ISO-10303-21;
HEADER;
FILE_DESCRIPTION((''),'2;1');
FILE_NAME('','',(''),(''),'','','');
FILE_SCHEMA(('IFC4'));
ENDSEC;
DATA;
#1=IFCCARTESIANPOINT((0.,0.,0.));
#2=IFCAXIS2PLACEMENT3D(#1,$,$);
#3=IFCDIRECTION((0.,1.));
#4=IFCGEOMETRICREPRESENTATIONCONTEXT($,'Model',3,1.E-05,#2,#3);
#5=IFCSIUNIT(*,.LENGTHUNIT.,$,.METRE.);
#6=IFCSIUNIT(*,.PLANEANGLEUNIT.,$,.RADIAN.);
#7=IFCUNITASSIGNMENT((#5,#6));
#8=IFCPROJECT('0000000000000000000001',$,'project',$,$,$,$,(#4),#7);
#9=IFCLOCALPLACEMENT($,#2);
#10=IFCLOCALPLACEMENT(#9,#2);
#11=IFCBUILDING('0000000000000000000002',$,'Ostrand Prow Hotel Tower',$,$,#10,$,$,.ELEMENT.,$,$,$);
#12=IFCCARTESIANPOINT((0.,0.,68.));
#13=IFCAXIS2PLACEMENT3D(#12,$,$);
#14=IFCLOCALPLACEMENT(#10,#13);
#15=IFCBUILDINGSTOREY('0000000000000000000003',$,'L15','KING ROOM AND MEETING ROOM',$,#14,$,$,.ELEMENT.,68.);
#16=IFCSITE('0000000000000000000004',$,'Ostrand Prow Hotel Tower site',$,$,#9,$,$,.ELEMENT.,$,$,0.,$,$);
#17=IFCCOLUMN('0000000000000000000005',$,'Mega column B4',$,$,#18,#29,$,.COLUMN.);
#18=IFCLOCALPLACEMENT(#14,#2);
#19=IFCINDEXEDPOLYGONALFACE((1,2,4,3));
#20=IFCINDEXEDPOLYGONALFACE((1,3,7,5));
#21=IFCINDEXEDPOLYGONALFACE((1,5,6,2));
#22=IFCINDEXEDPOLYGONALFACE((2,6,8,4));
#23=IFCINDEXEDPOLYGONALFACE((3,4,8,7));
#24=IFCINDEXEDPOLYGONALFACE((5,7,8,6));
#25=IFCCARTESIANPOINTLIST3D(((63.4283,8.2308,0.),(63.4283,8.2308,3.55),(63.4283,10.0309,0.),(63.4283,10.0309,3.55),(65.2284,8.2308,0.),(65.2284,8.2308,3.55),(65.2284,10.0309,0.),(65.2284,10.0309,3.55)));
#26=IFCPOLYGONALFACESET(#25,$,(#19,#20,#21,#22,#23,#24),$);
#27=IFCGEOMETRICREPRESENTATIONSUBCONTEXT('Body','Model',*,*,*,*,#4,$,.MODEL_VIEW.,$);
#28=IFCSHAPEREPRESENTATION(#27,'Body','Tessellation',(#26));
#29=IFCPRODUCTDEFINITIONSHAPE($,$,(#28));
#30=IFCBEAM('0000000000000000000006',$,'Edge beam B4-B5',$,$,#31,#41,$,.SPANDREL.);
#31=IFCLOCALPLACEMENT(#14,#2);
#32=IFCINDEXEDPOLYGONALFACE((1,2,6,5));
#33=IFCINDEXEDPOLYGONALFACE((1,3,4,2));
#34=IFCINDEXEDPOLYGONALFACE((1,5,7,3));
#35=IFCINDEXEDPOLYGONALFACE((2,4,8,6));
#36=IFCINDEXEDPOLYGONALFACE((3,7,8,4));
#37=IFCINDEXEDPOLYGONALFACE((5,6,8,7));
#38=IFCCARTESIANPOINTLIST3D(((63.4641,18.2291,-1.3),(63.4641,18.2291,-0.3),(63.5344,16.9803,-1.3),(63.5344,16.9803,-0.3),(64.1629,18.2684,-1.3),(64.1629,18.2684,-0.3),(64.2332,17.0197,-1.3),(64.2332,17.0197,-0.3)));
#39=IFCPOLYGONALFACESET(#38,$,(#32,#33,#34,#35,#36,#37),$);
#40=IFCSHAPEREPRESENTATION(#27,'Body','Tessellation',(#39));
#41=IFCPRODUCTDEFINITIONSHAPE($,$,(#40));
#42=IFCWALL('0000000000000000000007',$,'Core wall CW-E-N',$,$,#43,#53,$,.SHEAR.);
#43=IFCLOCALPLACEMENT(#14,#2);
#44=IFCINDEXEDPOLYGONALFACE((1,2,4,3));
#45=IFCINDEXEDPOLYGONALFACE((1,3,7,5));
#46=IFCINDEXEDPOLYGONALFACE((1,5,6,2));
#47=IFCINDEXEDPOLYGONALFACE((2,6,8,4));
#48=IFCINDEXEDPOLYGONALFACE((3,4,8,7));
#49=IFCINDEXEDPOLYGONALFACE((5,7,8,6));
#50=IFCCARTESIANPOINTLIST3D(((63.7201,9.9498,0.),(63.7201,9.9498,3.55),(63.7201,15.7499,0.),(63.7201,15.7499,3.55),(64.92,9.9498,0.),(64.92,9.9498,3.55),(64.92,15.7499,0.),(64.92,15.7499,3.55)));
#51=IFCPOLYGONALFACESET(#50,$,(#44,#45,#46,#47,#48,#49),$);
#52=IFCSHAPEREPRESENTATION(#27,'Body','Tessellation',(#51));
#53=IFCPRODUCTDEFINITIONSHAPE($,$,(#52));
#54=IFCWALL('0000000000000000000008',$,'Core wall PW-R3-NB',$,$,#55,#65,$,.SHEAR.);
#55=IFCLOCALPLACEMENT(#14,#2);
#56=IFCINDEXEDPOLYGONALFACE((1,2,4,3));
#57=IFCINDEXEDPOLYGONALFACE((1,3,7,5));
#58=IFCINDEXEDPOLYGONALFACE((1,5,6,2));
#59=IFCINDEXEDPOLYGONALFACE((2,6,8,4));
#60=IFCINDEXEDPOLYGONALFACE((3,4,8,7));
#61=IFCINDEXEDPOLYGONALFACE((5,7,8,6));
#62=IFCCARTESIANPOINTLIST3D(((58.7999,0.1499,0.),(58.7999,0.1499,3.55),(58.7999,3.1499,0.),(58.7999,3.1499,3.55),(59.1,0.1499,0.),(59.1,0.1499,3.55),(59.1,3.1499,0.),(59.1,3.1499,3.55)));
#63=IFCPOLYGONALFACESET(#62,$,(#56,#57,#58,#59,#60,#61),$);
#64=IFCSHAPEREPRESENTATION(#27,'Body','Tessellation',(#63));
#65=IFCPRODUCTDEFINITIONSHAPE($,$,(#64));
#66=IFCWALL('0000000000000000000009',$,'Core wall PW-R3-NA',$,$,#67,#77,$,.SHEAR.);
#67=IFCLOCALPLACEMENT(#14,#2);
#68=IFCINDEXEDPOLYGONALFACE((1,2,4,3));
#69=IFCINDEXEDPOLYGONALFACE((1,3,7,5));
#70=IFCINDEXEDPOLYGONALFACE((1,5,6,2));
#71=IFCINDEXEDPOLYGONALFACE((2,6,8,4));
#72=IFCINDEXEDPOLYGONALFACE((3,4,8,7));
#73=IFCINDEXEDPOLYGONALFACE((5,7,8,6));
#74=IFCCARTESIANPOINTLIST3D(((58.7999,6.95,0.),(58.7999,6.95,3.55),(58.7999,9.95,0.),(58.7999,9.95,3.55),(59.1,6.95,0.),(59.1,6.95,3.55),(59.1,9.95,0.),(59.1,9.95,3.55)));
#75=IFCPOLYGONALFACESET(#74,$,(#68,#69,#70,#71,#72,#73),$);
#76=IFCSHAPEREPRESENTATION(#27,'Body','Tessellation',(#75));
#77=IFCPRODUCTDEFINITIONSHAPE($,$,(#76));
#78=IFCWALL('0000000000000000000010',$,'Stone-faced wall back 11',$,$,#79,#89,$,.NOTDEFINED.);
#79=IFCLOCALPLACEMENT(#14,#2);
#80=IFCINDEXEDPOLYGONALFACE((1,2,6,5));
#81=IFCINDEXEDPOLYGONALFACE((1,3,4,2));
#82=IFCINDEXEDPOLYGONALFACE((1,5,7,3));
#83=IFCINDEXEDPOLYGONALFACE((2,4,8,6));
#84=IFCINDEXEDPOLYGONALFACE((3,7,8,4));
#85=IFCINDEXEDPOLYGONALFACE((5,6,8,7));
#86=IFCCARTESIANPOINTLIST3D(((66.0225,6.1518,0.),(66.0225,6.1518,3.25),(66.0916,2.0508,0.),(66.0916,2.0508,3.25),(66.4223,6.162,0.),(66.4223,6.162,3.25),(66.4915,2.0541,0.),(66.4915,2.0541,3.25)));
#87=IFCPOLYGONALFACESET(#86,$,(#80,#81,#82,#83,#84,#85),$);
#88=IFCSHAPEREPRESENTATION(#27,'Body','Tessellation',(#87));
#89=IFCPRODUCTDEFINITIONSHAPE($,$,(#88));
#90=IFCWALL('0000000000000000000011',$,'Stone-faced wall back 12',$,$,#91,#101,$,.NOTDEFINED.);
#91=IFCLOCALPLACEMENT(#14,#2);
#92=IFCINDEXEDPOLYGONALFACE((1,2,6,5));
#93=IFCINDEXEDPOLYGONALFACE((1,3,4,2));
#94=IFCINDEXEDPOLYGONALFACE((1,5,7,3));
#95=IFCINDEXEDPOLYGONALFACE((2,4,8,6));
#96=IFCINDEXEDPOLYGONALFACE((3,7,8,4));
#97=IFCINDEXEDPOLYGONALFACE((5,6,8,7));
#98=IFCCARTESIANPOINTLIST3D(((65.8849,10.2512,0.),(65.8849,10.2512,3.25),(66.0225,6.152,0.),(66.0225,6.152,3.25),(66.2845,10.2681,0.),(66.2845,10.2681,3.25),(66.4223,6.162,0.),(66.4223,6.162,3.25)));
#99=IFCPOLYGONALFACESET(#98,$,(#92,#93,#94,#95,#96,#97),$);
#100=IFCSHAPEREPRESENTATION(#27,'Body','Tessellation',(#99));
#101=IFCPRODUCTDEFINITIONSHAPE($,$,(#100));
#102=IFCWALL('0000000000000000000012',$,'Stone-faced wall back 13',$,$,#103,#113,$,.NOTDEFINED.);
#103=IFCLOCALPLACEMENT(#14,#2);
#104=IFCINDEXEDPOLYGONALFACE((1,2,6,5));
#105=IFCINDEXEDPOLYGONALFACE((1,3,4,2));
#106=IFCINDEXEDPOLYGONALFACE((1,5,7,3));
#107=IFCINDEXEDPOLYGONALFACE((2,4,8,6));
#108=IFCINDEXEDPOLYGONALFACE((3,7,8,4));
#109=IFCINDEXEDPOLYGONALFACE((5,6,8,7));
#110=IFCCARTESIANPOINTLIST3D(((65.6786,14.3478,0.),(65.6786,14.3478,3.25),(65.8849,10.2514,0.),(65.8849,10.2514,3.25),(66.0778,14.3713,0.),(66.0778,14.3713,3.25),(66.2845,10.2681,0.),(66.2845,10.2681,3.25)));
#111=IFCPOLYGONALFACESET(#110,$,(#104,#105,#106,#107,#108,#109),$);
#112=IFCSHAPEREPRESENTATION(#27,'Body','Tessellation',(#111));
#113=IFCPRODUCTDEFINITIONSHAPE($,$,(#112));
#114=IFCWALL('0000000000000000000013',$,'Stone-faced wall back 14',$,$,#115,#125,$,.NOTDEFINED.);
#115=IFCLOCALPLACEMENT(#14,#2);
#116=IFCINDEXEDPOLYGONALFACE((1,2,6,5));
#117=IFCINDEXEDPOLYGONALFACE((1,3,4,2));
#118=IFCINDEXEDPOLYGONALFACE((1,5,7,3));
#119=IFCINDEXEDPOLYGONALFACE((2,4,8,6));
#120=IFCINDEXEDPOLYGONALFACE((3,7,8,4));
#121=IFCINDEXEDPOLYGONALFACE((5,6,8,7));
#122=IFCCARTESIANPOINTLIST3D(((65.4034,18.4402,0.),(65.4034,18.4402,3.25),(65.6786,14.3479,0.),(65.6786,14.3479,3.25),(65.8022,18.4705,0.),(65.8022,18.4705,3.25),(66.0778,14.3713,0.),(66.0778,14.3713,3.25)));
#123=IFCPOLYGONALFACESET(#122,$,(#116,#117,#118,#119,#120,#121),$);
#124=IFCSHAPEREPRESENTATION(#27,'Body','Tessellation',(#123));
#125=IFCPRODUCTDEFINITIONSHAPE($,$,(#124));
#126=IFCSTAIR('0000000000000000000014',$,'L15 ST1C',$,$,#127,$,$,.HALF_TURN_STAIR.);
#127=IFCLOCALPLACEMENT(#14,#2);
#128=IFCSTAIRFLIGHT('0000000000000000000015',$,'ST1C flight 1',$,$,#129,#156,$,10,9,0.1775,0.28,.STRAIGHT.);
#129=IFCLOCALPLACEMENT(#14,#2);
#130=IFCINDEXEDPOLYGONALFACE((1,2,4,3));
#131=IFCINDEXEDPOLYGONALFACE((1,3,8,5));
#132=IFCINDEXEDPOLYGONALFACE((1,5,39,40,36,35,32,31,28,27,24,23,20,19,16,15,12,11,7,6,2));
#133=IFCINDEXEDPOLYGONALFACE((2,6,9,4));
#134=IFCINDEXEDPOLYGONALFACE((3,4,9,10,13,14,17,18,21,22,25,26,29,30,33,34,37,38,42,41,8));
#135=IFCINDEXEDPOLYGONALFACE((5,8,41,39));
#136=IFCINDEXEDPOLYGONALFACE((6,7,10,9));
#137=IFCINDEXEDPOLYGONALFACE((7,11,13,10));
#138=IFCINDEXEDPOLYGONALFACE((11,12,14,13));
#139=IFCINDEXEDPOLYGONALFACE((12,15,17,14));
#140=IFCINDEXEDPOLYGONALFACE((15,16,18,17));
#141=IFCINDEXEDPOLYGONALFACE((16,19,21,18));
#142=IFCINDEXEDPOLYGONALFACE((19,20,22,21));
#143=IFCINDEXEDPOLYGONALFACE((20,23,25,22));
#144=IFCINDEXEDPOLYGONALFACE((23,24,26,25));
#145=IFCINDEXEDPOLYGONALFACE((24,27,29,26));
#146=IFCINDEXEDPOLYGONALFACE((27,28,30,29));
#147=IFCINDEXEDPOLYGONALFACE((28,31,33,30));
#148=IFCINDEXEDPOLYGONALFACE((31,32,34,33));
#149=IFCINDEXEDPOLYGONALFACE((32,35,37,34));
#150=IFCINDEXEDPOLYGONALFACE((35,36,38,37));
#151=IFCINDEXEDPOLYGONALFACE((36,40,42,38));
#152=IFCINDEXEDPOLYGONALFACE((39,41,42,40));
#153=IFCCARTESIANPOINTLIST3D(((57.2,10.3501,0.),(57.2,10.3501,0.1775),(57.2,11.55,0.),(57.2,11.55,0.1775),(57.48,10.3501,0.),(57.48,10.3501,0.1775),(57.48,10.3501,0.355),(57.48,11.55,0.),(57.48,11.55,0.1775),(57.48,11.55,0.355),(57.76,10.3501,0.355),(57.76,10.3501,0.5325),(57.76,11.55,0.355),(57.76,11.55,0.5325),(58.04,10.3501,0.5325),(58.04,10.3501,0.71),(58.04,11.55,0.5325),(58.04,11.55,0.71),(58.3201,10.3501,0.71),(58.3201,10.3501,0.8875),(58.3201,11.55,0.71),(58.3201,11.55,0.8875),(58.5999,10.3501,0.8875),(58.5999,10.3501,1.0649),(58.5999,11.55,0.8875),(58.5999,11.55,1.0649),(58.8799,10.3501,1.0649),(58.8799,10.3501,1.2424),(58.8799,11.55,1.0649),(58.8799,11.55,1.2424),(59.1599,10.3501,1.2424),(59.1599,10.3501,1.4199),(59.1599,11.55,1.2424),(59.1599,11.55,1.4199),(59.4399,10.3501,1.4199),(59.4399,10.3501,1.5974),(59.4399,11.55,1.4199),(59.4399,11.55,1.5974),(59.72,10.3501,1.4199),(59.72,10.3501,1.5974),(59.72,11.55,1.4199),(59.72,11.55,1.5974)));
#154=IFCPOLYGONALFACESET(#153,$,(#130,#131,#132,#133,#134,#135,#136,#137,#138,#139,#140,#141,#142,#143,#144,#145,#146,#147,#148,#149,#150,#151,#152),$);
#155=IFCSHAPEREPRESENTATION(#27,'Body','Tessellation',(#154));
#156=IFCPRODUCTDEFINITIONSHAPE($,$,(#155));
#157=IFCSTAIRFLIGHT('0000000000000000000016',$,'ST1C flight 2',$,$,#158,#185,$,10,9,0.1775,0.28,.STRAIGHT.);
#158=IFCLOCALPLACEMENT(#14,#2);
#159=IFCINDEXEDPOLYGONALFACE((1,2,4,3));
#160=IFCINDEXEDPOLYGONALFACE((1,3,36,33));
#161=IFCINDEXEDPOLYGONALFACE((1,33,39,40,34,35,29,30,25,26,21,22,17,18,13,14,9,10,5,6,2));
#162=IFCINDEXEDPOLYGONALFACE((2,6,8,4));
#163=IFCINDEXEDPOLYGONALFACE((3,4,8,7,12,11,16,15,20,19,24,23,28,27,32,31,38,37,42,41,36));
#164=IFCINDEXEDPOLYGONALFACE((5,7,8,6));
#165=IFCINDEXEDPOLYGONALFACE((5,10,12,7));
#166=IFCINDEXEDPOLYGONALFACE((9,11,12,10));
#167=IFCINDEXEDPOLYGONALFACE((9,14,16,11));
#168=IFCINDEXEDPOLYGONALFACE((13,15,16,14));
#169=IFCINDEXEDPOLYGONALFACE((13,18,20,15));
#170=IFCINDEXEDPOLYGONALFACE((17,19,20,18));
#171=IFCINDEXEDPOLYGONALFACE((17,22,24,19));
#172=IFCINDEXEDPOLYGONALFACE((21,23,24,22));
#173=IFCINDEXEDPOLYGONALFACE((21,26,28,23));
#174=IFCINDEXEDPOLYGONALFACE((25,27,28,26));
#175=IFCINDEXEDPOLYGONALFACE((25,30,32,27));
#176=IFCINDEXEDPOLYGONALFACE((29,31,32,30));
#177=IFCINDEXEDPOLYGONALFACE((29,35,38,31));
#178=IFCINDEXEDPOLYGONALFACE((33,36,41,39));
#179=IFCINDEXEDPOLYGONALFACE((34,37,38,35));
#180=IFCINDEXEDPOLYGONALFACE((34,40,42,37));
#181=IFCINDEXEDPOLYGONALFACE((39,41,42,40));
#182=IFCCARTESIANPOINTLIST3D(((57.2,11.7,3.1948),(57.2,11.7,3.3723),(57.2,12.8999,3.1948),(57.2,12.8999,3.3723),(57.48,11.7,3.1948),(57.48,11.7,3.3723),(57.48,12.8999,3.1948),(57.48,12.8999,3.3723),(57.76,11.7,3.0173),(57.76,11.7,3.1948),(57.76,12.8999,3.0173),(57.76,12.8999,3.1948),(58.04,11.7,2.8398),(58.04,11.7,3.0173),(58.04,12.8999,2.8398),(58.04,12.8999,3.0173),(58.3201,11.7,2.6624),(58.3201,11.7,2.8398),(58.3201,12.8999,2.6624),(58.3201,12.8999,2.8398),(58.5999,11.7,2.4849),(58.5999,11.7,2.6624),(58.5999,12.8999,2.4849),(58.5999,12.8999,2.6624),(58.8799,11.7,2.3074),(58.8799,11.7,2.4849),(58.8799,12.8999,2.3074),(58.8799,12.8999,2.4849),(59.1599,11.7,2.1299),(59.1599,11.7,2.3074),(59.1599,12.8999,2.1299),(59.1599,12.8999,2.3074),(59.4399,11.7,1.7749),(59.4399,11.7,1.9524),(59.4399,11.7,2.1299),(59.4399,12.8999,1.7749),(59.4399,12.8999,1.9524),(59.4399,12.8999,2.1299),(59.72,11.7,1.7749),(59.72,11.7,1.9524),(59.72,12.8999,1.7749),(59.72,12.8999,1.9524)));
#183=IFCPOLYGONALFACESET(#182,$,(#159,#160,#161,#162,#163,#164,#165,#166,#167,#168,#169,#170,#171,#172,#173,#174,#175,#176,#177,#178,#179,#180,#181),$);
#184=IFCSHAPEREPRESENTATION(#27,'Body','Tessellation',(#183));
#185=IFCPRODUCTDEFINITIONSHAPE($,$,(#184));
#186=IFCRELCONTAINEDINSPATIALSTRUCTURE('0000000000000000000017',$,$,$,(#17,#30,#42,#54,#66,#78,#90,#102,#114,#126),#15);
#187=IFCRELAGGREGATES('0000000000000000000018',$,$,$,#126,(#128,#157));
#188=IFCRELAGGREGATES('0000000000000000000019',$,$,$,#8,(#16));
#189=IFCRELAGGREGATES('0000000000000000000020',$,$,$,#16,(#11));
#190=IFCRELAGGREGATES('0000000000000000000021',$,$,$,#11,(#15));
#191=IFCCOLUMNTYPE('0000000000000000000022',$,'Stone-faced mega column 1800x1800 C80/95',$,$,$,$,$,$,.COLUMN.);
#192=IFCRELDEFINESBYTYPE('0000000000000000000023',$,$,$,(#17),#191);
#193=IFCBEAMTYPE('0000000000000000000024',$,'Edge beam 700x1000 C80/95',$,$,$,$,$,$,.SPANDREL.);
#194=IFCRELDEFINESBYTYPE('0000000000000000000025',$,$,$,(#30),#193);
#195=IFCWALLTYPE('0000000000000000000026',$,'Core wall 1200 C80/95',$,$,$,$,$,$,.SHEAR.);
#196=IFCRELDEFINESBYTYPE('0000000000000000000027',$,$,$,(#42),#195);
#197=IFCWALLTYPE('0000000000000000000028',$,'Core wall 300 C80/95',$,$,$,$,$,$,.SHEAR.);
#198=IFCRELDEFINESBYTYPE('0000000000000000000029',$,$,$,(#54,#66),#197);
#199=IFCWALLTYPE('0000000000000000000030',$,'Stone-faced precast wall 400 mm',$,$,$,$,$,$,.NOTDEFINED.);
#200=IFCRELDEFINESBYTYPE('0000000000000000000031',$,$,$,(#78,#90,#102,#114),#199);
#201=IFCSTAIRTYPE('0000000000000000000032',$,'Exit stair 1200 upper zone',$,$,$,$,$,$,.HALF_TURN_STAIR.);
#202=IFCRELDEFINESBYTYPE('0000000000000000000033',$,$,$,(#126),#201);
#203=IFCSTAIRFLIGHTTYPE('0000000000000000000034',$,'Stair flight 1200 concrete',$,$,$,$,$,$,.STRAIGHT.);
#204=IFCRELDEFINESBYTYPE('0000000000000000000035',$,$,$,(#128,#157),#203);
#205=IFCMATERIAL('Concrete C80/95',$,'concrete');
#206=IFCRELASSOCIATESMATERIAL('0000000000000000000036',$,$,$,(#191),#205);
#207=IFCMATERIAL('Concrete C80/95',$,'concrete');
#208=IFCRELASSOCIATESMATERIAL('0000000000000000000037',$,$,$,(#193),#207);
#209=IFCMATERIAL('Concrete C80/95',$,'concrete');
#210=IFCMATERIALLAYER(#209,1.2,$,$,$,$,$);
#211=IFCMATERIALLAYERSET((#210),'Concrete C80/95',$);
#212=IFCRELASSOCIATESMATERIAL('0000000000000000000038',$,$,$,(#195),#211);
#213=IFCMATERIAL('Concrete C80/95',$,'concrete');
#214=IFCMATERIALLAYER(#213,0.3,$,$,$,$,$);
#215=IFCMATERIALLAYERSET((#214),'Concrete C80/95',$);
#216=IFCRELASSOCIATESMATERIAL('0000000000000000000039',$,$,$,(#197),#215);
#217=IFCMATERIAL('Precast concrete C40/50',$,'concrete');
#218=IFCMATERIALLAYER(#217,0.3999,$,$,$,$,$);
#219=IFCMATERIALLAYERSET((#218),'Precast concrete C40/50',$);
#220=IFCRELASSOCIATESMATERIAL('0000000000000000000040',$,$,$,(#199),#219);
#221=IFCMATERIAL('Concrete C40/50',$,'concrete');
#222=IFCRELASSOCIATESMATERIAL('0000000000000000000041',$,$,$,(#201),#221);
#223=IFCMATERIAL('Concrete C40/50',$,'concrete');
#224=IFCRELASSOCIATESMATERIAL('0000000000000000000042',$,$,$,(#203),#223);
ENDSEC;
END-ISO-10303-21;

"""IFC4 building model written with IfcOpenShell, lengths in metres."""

from ifc_helpers import new_model, si_unit, direction, frame, frame_2d, origin, origin_2d, place, context, subcontext, project, spatial, polyline, rectangle, outline, extrude, material, layer, layer_set, material_profile, profile_set, type_object, element, aggregate, save


model = new_model("IFC4")

# Units and contexts
model_context = context("Model", 3, precision=1e-05, world=origin(), true_north=direction((0.0, 1.0)))
body_context = subcontext(model_context, "Body", "Model", "MODEL_VIEW")
ifc_project = project(units=[si_unit("LENGTHUNIT", "METRE"), si_unit("PLANEANGLEUNIT", "RADIAN")], contexts=[model_context])

# Site, building, storey
site_placement = place(None, origin())
site = spatial("IfcSite", under=ifc_project, at=site_placement, Name="Ostrand Prow Hotel Tower site", CompositionType="ELEMENT", RefElevation=0.0)
building_placement = place(site_placement, origin())
building = spatial("IfcBuilding", under=site, at=building_placement, Name="Ostrand Prow Hotel Tower", CompositionType="ELEMENT")
storey_placement = place(building_placement, frame((0.0, 0.0, 68.0)))
storey = spatial("IfcBuildingStorey", under=building, at=storey_placement, Name="L15", Description="KING ROOM AND MEETING ROOM", CompositionType="ELEMENT", Elevation=68.0)

# Column
ifc_material_1 = material(Name="Concrete C80/95", Category="concrete")
ifc_material_profile_1 = material_profile(ifc_material_1, rectangle(XDim=1.8, YDim=1.8, at=origin_2d()), Name="RC 1800x1800")
ifc_profile_set_1 = profile_set([ifc_material_profile_1], Name="Concrete C80/95")
column_type = type_object("IfcColumnType", Name="Stone-faced mega column 1800x1800 C80/95", PredefinedType="COLUMN", material=ifc_profile_set_1)
column_placement = place(storey_placement, frame((64.3284, 9.1309, 0.0), z_axis=(0.0, 0.0, 1.0), x_axis=(1.0, 0.0, 0.0)))
element("IfcColumn", 1, at=column_placement, inside=storey, type_object=column_type, Name="Mega column B4", PredefinedType="COLUMN", context=body_context, shape_type="SweptSolid", body=[
    extrude(rectangle(XDim=1.8, YDim=1.8, at=origin_2d()), origin(), (0.0, 0.0, 1.0), 3.55),
])

# Beam
ifc_material_2 = material(Name="Concrete C80/95", Category="concrete")
ifc_material_profile_2 = material_profile(ifc_material_2, rectangle(XDim=0.7, YDim=1.0, at=origin_2d()), Name="RC 700x1000")
ifc_profile_set_2 = profile_set([ifc_material_profile_2], Name="Concrete C80/95")
beam_type = type_object("IfcBeamType", Name="Edge beam 700x1000 C80/95", PredefinedType="SPANDREL", material=ifc_profile_set_2)
beam_placement = place(storey_placement, frame((63.8838, 17.0, -0.8), z_axis=(-0.056216, 0.998419, 0.0), x_axis=(-0.998419, -0.056216, 0.0)))
element("IfcBeam", 2, at=beam_placement, inside=storey, type_object=beam_type, Name="Edge beam B4-B5", PredefinedType="SPANDREL", context=body_context, shape_type="SweptSolid", body=[
    extrude(rectangle(XDim=0.7, YDim=1.0, at=origin_2d()), origin(), (0.0, 0.0, 1.0), 1.2507),
])

# Walls
ifc_material_3 = material(Name="Concrete C80/95", Category="concrete")
ifc_layer_1 = layer(ifc_material_3, 1.2)
ifc_layer_set_1 = layer_set([ifc_layer_1], Name="Concrete C80/95")
wall_type_1 = type_object("IfcWallType", Name="Core wall 1200 C80/95", PredefinedType="SHEAR", material=ifc_layer_set_1)
wall_placement = place(storey_placement, frame((64.3201, 9.95, 0.0), z_axis=(0.0, 0.0, 1.0), x_axis=(0.0, 1.0, 0.0)))
element("IfcWall", 3, at=wall_placement, inside=storey, type_object=wall_type_1, Name="Core wall CW-E-N", PredefinedType="SHEAR", context=body_context, shape_type="SweptSolid", body=[
    extrude(rectangle(XDim=5.8, YDim=1.2, at=frame_2d((2.8999, 0.0))), origin(), (0.0, 0.0, 1.0), 3.55),
])
ifc_material_4 = material(Name="Concrete C80/95", Category="concrete")
ifc_layer_2 = layer(ifc_material_4, 0.3)
ifc_layer_set_2 = layer_set([ifc_layer_2], Name="Concrete C80/95")
wall_type_2 = type_object("IfcWallType", Name="Core wall 300 C80/95", PredefinedType="SHEAR", material=ifc_layer_set_2)
for number, where, z_axis, x_axis, name in (
    (4, (58.95, 0.1499, 0.0), (0.0, 0.0, 1.0), (0.0, 1.0, 0.0), "Core wall PW-R3-NB"),
    (5, (58.95, 6.95, 0.0), (0.0, 0.0, 1.0), (0.0, 1.0, 0.0), "Core wall PW-R3-NA"),
):
    element("IfcWall", number, at=place(storey_placement, frame(where, z_axis=z_axis, x_axis=x_axis)), inside=storey, type_object=wall_type_2, Name=name, PredefinedType="SHEAR", context=body_context, shape_type="SweptSolid", body=[
        extrude(rectangle(XDim=3.0, YDim=0.3, at=frame_2d((1.5, 0.0))), origin(), (0.0, 0.0, 1.0), 3.55),
    ])
ifc_material_5 = material(Name="Precast concrete C40/50", Category="concrete")
ifc_layer_3 = layer(ifc_material_5, 0.3999)
ifc_layer_set_3 = layer_set([ifc_layer_3], Name="Precast concrete C40/50")
wall_type_3 = type_object("IfcWallType", Name="Stone-faced precast wall 400 mm", PredefinedType="NOTDEFINED", material=ifc_layer_set_3)
for number, where, z_axis, x_axis, name in (
    (6, (66.2915, 2.0525, 0.0), (0.0, 0.0, 1.0), (-0.016831, 0.999858, 0.0), "Stone-faced wall back 11"),
    (7, (66.2224, 6.157, 0.0), (0.0, 0.0, 1.0), (-0.033543, 0.999437, 0.0), "Stone-faced wall back 12"),
    (8, (66.0847, 10.2598, 0.0), (0.0, 0.0, 1.0), (-0.050314, 0.998733, 0.0), "Stone-faced wall back 13"),
    (9, (65.8782, 14.3596, 0.0), (0.0, 0.0, 1.0), (-0.067087, 0.997747, 0.0), "Stone-faced wall back 14"),
):
    element("IfcWall", number, at=place(storey_placement, frame(where, z_axis=z_axis, x_axis=x_axis)), inside=storey, type_object=wall_type_3, Name=name, PredefinedType="NOTDEFINED", context=body_context, shape_type="SweptSolid", body=[
        extrude(outline(polyline([(-0.0017, -0.2), (4.1067, -0.2), (4.1033, 0.2), (0.0017, 0.2), (-0.0017, -0.2)])), origin(), (0.0, 0.0, 1.0), 3.25),
    ])

# Stair, stair flights
ifc_material_6 = material(Name="Concrete C40/50", Category="concrete")
stair_type = type_object("IfcStairType", Name="Exit stair 1200 upper zone", PredefinedType="HALF_TURN_STAIR", material=ifc_material_6)
stair_1_placement = place(storey_placement, origin())
stair_1 = element("IfcStair", 10, at=stair_1_placement, inside=storey, type_object=stair_type, Name="L15 ST1C", PredefinedType="HALF_TURN_STAIR")
ifc_material_7 = material(Name="Concrete C40/50", Category="concrete")
stair_flight_type = type_object("IfcStairFlightType", Name="Stair flight 1200 concrete", PredefinedType="STRAIGHT", material=ifc_material_7)
stair_flight_1_placement = place(storey_placement, frame((57.2, 10.95, 0.0), z_axis=(0.0, 0.0, 1.0), x_axis=(1.0, 0.0, 0.0)))
stair_flight_1 = element("IfcStairFlight", 11, at=stair_flight_1_placement, type_object=stair_flight_type, Name="ST1C flight 1", NumberOfRisers=10, NumberOfTreads=9, PredefinedType="STRAIGHT", RiserHeight=0.1775, TreadLength=0.28, context=body_context, shape_type="SweptSolid", body=[
    extrude(outline(polyline([(0.0, 0.0), (0.0, 0.1775), (0.28, 0.1775), (0.28, 0.355), (0.5601, 0.355), (0.5601, 0.5325), (0.8401, 0.5325), (0.8401, 0.71), (1.1201, 0.71), (1.1201, 0.8875), (1.3999, 0.8875), (1.3999, 1.0649), (1.6799, 1.0649), (1.6799, 1.2424), (1.96, 1.2424), (1.96, 1.4199), (2.24, 1.4199), (2.24, 1.5974), (2.52, 1.5974), (2.52, 1.7749), (2.52, 1.4199), (0.28, 0.0), (0.0, 0.0)])), frame((0.0, 0.6001, 0.0), z_axis=(0.0, -1.0, 0.0), x_axis=(1.0, 0.0, 0.0)), (0.0, 0.0, 1.0), 1.2),
])
stair_flight_2_placement = place(storey_placement, frame((59.72, 12.3, 1.7749), z_axis=(0.0, 0.0, 1.0), x_axis=(-1.0, 0.0, 0.0)))
stair_flight_2 = element("IfcStairFlight", 12, at=stair_flight_2_placement, type_object=stair_flight_type, Name="ST1C flight 2", NumberOfRisers=10, NumberOfTreads=9, PredefinedType="STRAIGHT", RiserHeight=0.1775, TreadLength=0.28, context=body_context, shape_type="SweptSolid", body=[
    extrude(outline(polyline([(0.0, 0.0), (0.0, 0.1775), (0.28, 0.1775), (0.28, 0.355), (0.5601, 0.355), (0.5601, 0.5325), (0.8401, 0.5325), (0.8401, 0.71), (1.1201, 0.71), (1.1201, 0.8875), (1.3999, 0.8875), (1.3999, 1.0649), (1.6799, 1.0649), (1.6799, 1.2424), (1.96, 1.2424), (1.96, 1.4199), (2.24, 1.4199), (2.24, 1.5974), (2.52, 1.5974), (2.52, 1.7749), (2.52, 1.4199), (0.28, 0.0), (0.0, 0.0)])), frame((0.0, 0.6001, 0.0), z_axis=(0.0, -1.0, 0.0), x_axis=(1.0, 0.0, 0.0)), (0.0, 0.0, 1.0), 1.2),
])
aggregate(stair_1, [stair_flight_1, stair_flight_2])

save(model, "model.ifc")
